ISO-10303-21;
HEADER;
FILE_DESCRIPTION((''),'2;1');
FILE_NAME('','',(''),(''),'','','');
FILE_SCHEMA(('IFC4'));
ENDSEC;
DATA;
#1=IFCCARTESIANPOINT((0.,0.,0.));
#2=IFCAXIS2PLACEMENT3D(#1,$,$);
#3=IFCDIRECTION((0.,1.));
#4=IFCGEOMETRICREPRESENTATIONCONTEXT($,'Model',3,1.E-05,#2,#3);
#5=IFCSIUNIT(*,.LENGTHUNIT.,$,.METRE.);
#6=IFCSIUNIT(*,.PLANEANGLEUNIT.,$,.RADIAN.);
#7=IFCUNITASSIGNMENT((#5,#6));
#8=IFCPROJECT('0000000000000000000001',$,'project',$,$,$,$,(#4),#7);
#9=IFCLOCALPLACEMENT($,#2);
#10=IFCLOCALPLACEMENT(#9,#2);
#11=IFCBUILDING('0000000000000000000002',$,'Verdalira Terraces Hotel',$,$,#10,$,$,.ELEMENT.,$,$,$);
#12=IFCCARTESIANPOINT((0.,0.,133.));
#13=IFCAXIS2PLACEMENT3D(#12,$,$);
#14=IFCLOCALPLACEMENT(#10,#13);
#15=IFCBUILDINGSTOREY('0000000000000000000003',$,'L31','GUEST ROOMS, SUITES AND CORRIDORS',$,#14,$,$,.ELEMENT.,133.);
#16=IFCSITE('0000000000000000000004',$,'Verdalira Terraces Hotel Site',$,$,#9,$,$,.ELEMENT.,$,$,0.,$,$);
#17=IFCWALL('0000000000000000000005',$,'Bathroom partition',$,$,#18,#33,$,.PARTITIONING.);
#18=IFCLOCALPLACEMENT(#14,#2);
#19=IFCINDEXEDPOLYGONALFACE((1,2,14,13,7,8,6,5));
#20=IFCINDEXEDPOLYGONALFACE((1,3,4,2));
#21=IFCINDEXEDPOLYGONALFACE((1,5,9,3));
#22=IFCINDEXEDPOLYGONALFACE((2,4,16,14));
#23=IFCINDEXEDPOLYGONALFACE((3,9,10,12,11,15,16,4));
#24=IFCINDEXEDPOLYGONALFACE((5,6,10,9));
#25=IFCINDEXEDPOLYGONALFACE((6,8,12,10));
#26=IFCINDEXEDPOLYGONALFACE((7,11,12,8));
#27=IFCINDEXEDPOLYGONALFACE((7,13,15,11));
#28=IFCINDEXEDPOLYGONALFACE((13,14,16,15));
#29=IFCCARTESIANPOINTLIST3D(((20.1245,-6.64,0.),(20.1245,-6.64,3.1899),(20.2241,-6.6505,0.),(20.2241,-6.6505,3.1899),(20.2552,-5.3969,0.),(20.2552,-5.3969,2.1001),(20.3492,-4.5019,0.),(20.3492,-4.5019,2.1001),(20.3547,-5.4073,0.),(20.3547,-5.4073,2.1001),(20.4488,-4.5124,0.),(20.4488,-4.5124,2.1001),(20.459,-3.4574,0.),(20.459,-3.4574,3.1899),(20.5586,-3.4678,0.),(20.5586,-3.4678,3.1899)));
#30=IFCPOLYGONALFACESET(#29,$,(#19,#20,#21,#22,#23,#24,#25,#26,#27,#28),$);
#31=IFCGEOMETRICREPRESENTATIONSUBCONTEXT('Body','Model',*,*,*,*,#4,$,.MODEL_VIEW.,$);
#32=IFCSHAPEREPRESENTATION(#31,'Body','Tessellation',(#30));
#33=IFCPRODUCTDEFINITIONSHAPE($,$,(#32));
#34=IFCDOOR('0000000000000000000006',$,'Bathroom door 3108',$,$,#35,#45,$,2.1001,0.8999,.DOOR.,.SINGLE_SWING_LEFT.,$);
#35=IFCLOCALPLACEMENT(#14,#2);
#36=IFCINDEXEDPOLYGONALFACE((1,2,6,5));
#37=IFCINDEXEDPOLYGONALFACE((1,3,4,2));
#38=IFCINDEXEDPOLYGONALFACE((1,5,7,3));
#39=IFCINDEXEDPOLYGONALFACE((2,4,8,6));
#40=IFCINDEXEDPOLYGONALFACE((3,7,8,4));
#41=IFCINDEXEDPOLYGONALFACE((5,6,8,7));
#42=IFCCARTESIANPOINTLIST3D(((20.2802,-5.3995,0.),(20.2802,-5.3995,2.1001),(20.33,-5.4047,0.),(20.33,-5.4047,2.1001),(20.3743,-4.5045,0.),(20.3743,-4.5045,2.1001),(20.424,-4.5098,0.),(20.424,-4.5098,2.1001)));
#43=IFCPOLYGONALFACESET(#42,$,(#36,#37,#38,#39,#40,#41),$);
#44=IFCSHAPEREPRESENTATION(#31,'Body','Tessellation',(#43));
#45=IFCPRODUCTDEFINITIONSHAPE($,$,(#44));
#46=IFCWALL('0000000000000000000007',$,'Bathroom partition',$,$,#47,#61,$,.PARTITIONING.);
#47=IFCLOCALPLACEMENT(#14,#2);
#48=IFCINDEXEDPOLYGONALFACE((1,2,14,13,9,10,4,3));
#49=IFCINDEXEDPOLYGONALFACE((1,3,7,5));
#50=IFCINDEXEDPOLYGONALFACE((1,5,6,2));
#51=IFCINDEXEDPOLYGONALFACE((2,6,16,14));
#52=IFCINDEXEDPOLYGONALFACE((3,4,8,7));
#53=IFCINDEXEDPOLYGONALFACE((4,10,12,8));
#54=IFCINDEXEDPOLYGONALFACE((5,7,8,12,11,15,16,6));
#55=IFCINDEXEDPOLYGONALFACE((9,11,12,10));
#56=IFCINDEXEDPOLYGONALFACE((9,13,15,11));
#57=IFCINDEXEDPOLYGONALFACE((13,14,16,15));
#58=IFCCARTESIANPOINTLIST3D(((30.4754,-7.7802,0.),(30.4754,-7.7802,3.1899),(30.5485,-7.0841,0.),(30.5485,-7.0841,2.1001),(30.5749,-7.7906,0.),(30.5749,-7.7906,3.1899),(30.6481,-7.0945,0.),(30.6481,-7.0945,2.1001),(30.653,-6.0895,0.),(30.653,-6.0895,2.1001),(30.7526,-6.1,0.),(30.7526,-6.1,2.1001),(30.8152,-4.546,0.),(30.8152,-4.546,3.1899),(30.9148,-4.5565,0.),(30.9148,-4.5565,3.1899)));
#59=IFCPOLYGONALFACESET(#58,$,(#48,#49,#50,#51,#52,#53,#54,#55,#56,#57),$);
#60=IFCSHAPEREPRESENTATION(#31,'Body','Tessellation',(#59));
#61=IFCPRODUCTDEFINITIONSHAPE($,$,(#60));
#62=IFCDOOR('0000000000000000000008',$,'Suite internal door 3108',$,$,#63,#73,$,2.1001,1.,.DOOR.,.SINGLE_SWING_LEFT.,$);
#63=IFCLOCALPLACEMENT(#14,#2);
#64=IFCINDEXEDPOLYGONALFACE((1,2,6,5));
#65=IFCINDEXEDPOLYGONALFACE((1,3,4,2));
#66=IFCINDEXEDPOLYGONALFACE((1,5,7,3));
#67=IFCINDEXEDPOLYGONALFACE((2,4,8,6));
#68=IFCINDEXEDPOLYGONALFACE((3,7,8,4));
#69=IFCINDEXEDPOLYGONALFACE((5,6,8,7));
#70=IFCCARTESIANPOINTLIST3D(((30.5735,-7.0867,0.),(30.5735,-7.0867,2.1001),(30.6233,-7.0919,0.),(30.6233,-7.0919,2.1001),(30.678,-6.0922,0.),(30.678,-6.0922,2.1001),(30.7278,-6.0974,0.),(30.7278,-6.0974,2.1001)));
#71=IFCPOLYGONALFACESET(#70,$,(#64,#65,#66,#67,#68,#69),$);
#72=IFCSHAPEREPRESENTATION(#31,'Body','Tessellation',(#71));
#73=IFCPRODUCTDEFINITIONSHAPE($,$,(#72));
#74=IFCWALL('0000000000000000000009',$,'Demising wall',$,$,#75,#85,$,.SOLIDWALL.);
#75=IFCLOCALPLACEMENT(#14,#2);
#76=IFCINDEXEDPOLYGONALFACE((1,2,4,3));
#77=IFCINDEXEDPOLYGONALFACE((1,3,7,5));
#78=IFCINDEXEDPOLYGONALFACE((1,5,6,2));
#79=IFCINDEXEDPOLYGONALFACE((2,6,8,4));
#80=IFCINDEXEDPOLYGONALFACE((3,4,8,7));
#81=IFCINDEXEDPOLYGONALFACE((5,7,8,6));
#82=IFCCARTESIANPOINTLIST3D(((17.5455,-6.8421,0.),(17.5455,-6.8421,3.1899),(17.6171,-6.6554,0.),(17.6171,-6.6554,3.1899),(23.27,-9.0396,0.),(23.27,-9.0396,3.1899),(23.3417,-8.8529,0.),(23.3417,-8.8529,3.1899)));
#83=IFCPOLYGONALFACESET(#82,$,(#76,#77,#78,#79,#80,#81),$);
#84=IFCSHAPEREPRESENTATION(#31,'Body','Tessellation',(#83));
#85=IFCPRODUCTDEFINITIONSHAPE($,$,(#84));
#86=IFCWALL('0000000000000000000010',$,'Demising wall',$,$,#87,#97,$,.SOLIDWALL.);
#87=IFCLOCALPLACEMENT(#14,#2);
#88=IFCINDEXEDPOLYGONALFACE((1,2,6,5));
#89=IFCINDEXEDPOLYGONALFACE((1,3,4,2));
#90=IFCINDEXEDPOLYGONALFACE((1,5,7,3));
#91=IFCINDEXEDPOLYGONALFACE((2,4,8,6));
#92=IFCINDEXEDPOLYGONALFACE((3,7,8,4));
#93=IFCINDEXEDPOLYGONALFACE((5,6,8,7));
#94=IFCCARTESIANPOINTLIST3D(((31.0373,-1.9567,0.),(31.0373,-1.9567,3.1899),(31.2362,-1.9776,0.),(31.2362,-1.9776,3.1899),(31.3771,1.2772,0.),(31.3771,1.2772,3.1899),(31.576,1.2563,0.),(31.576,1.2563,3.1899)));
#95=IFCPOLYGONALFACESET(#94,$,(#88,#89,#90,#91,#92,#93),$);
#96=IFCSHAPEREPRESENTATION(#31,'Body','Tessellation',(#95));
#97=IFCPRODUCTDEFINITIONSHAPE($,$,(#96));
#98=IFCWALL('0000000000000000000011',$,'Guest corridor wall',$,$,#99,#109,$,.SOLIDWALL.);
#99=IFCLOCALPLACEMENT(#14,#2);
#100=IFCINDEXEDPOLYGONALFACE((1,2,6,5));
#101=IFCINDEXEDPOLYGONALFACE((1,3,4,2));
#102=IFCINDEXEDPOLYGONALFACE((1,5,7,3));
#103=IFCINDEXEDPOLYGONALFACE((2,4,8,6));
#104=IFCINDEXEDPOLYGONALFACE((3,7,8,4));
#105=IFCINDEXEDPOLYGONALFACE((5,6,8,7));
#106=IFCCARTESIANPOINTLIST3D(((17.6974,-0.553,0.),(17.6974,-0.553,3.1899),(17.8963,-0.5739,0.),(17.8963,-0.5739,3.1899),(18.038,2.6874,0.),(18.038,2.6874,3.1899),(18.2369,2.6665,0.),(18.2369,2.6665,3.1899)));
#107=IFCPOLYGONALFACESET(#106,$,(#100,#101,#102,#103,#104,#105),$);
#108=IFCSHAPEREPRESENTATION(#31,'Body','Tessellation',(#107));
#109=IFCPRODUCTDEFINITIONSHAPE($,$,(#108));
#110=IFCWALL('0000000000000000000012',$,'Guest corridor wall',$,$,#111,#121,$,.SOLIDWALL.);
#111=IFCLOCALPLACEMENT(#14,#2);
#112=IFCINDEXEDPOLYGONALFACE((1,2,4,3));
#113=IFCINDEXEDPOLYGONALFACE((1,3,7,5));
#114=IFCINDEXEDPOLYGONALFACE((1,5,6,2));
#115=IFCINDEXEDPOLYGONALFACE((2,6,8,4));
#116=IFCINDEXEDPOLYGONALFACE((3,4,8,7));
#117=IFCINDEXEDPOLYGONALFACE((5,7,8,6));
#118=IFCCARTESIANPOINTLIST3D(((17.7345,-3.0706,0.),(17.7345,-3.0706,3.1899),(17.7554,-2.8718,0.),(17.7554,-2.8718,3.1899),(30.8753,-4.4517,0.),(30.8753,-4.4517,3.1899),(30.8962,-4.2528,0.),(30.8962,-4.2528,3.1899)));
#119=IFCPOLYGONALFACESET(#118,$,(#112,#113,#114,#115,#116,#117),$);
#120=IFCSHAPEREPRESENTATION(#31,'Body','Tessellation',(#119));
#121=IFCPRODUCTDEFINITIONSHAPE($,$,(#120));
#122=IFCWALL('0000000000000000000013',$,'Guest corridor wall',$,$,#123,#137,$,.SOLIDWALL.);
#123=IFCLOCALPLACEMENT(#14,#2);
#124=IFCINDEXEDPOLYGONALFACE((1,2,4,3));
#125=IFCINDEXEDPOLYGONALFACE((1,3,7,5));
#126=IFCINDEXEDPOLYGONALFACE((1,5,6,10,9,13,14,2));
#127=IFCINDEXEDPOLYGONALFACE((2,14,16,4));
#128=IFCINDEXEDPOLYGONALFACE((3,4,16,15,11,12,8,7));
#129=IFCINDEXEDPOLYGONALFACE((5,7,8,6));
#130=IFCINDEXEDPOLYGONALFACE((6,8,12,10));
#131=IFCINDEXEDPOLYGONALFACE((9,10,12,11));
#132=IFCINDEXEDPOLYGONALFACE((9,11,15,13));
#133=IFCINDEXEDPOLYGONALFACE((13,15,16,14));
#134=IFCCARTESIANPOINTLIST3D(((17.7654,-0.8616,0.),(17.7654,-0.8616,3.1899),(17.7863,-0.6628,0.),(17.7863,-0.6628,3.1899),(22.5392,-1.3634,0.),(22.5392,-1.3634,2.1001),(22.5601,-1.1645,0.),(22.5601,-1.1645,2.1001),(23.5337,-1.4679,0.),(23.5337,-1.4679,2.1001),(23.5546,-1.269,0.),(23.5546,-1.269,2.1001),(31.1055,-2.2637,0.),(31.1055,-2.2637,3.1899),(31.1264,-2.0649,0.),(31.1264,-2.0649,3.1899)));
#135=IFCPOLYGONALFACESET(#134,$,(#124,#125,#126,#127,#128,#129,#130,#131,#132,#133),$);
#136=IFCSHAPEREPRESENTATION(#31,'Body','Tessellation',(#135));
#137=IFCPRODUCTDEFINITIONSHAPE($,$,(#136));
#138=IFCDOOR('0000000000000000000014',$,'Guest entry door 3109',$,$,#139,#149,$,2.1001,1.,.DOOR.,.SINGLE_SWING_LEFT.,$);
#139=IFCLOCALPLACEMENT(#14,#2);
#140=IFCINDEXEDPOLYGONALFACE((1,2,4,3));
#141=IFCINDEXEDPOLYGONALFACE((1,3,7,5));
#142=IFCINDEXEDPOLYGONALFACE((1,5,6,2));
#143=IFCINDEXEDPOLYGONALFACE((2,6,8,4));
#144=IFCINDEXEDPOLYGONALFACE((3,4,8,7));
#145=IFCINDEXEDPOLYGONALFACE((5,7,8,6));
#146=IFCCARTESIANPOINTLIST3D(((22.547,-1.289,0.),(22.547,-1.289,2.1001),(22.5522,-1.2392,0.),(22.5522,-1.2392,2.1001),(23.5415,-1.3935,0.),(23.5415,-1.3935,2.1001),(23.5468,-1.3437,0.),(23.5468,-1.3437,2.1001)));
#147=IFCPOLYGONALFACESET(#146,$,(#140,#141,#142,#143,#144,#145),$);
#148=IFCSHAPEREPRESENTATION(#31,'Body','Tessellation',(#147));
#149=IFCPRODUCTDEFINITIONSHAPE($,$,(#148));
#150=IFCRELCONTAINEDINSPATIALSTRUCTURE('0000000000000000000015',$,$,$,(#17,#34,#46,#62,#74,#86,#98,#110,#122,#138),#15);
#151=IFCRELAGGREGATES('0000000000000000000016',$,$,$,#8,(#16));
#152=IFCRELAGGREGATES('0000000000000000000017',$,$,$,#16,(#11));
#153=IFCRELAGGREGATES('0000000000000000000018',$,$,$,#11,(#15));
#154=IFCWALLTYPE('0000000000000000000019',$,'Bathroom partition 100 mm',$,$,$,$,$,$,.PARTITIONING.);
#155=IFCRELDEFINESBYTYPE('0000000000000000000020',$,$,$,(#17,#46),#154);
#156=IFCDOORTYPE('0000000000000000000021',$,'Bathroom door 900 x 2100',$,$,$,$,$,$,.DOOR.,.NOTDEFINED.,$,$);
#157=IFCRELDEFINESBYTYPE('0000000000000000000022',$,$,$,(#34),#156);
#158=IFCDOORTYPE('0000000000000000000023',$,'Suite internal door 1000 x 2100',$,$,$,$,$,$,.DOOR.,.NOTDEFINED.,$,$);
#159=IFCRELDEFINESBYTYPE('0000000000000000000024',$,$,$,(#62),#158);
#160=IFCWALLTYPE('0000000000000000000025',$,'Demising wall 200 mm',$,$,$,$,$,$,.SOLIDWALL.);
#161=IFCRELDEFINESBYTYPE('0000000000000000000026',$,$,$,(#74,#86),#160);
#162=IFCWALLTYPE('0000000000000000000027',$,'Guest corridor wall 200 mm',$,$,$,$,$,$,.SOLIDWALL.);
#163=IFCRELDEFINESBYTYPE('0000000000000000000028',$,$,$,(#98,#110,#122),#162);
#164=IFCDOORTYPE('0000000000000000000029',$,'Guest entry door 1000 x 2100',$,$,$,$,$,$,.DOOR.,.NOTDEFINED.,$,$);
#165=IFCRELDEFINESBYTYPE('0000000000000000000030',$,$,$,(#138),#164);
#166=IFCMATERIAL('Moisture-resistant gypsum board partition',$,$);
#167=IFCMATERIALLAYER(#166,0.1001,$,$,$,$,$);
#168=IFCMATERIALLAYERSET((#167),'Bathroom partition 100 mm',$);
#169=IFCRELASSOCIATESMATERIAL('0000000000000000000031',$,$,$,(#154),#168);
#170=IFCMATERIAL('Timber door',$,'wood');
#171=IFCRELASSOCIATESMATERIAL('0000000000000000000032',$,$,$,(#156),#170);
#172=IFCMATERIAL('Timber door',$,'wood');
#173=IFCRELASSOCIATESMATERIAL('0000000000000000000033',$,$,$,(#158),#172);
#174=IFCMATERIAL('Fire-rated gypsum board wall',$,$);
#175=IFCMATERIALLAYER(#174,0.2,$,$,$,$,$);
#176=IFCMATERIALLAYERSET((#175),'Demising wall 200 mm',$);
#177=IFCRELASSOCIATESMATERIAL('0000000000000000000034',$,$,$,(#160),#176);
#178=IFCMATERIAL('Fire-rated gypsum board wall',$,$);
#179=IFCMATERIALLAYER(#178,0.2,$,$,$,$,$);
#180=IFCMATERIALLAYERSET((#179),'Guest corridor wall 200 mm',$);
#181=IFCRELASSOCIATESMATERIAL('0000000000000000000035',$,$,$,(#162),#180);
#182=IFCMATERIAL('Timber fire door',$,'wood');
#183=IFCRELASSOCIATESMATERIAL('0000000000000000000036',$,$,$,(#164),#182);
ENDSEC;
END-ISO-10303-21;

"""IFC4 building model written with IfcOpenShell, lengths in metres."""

from ifc_helpers import new_model, si_unit, direction, frame, frame_2d, origin, place, context, subcontext, project, spatial, rectangle, extrude, material, layer, layer_set, type_object, element, fill, save


model = new_model("IFC4")

# Units and contexts
model_context = context("Model", 3, precision=1e-05, world=origin(), true_north=direction((0.0, 1.0)))
body_context = subcontext(model_context, "Body", "Model", "MODEL_VIEW")
ifc_project = project(units=[si_unit("LENGTHUNIT", "METRE"), si_unit("PLANEANGLEUNIT", "RADIAN")], contexts=[model_context])

# Site, building, storey
site_placement = place(None, origin())
site = spatial("IfcSite", under=ifc_project, at=site_placement, Name="Verdalira Terraces Hotel Site", CompositionType="ELEMENT", RefElevation=0.0)
building_placement = place(site_placement, origin())
building = spatial("IfcBuilding", under=site, at=building_placement, Name="Verdalira Terraces Hotel", CompositionType="ELEMENT")
storey_placement = place(building_placement, frame((0.0, 0.0, 133.0)))
storey = spatial("IfcBuildingStorey", under=building, at=storey_placement, Name="L31", Description="GUEST ROOMS, SUITES AND CORRIDORS", CompositionType="ELEMENT", Elevation=133.0)

# Shared definitions
ifc_material_1 = material(Name="Moisture-resistant gypsum board partition")
ifc_layer_1 = layer(ifc_material_1, 0.1001)
ifc_layer_set_1 = layer_set([ifc_layer_1], Name="Bathroom partition 100 mm")
wall_type_1 = type_object("IfcWallType", Name="Bathroom partition 100 mm", PredefinedType="PARTITIONING", material=ifc_layer_set_1)

# Walls, openings, doors
wall_1_placement = place(storey_placement, frame((20.1743, -6.6453, 0.0), z_axis=(0.0, 0.0, 1.0), x_axis=(0.104518, 0.994523, 0.0)))
wall_1 = element("IfcWall", 1, at=wall_1_placement, inside=storey, type_object=wall_type_1, Name="Bathroom partition", PredefinedType="PARTITIONING", context=body_context, shape_type="SweptSolid", body=[
    extrude(rectangle(XDim=3.2002, YDim=0.1001, at=frame_2d((1.6001, 0.0))), origin(), (0.0, 0.0, 1.0), 3.1899),
])
opening_1_placement = place(wall_1_placement, frame((1.25, 0.0, 0.0)))
opening_1 = element("IfcOpeningElement", 2, at=opening_1_placement, cuts=wall_1, PredefinedType="OPENING", context=body_context, shape_type="SweptSolid", body=[
    extrude(rectangle(XDim=0.8999, YDim=2.1001, at=frame_2d((0.45, 1.05))), frame((0.0, 0.0601, 0.0), z_axis=(0.0, -1.0, 0.0), x_axis=(1.0, 0.0, 0.0)), (0.0, 0.0, 1.0), 0.1201),
])
ifc_material_2 = material(Name="Timber door", Category="wood")
door_type_1 = type_object("IfcDoorType", Name="Bathroom door 900 x 2100", OperationType="NOTDEFINED", PredefinedType="DOOR", material=ifc_material_2)
door_1_placement = place(opening_1_placement, origin())
door_1 = element("IfcDoor", 3, at=door_1_placement, inside=storey, type_object=door_type_1, Name="Bathroom door 3108", OperationType="SINGLE_SWING_LEFT", OverallHeight=2.1001, OverallWidth=0.8999, PredefinedType="DOOR", context=body_context, shape_type="SweptSolid", body=[
    extrude(rectangle(XDim=0.8999, YDim=2.1001, at=frame_2d((0.45, 1.05))), frame((0.0, 0.0249, 0.0), z_axis=(0.0, -1.0, 0.0), x_axis=(1.0, 0.0, 0.0)), (0.0, 0.0, 1.0), 0.05),
])
fill(opening_1, door_1)
wall_2_placement = place(storey_placement, frame((30.5251, -7.7854, 0.0), z_axis=(0.0, 0.0, 1.0), x_axis=(0.104505, 0.994524, 0.0)))
wall_2 = element("IfcWall", 4, at=wall_2_placement, inside=storey, type_object=wall_type_1, Name="Bathroom partition", PredefinedType="PARTITIONING", context=body_context, shape_type="SweptSolid", body=[
    extrude(rectangle(XDim=3.252, YDim=0.1001, at=frame_2d((1.626, 0.0))), origin(), (0.0, 0.0, 1.0), 3.1899),
])
opening_2_placement = place(wall_2_placement, frame((0.7, 0.0, 0.0)))
opening_2 = element("IfcOpeningElement", 5, at=opening_2_placement, cuts=wall_2, PredefinedType="OPENING", context=body_context, shape_type="SweptSolid", body=[
    extrude(rectangle(XDim=1.0, YDim=2.1001, at=frame_2d((0.5, 1.05))), frame((0.0, 0.0601, 0.0), z_axis=(0.0, -1.0, 0.0), x_axis=(1.0, 0.0, 0.0)), (0.0, 0.0, 1.0), 0.1201),
])
ifc_material_3 = material(Name="Timber door", Category="wood")
door_type_2 = type_object("IfcDoorType", Name="Suite internal door 1000 x 2100", OperationType="NOTDEFINED", PredefinedType="DOOR", material=ifc_material_3)
door_2_placement = place(opening_2_placement, origin())
door_2 = element("IfcDoor", 6, at=door_2_placement, inside=storey, type_object=door_type_2, Name="Suite internal door 3108", OperationType="SINGLE_SWING_LEFT", OverallHeight=2.1001, OverallWidth=1.0, PredefinedType="DOOR", context=body_context, shape_type="SweptSolid", body=[
    extrude(rectangle(XDim=1.0, YDim=2.1001, at=frame_2d((0.5, 1.05))), frame((0.0, 0.0249, 0.0), z_axis=(0.0, -1.0, 0.0), x_axis=(1.0, 0.0, 0.0)), (0.0, 0.0, 1.0), 0.05),
])
fill(opening_2, door_2)

# Walls
ifc_material_4 = material(Name="Fire-rated gypsum board wall")
ifc_layer_2 = layer(ifc_material_4, 0.2)
ifc_layer_set_2 = layer_set([ifc_layer_2], Name="Demising wall 200 mm")
wall_type_2 = type_object("IfcWallType", Name="Demising wall 200 mm", PredefinedType="SOLIDWALL", material=ifc_layer_set_2)
wall_3_placement = place(storey_placement, frame((17.5813, -6.7488, 0.0), z_axis=(0.0, 0.0, 1.0), x_axis=(0.933578, -0.358373, 0.0)))
element("IfcWall", 7, at=wall_3_placement, inside=storey, type_object=wall_type_2, Name="Demising wall", PredefinedType="SOLIDWALL", context=body_context, shape_type="SweptSolid", body=[
    extrude(rectangle(XDim=6.1318, YDim=0.2, at=frame_2d((3.0659, 0.0))), origin(), (0.0, 0.0, 1.0), 3.1899),
])
wall_4_placement = place(storey_placement, frame((31.1367, -1.9673, 0.0), z_axis=(0.0, 0.0, 1.0), x_axis=(0.104513, 0.994524, 0.0)))
element("IfcWall", 8, at=wall_4_placement, inside=storey, type_object=wall_type_2, Name="Demising wall", PredefinedType="SOLIDWALL", context=body_context, shape_type="SweptSolid", body=[
    extrude(rectangle(XDim=3.2517, YDim=0.2, at=frame_2d((1.626, 0.0))), origin(), (0.0, 0.0, 1.0), 3.1899),
])
ifc_material_5 = material(Name="Fire-rated gypsum board wall")
ifc_layer_3 = layer(ifc_material_5, 0.2)
ifc_layer_set_3 = layer_set([ifc_layer_3], Name="Guest corridor wall 200 mm")
wall_type_3 = type_object("IfcWallType", Name="Guest corridor wall 200 mm", PredefinedType="SOLIDWALL", material=ifc_layer_set_3)
wall_5_placement = place(storey_placement, frame((17.7969, -0.5635, 0.0), z_axis=(0.0, 0.0, 1.0), x_axis=(0.104525, 0.994522, 0.0)))
element("IfcWall", 9, at=wall_5_placement, inside=storey, type_object=wall_type_3, Name="Guest corridor wall", PredefinedType="SOLIDWALL", context=body_context, shape_type="SweptSolid", body=[
    extrude(rectangle(XDim=3.2583, YDim=0.2, at=frame_2d((1.6292, 0.0))), origin(), (0.0, 0.0, 1.0), 3.1899),
])
wall_6_placement = place(storey_placement, frame((17.7451, -2.9712, 0.0), z_axis=(0.0, 0.0, 1.0), x_axis=(0.994522, -0.104524, 0.0)))
element("IfcWall", 10, at=wall_6_placement, inside=storey, type_object=wall_type_3, Name="Guest corridor wall", PredefinedType="SOLIDWALL", context=body_context, shape_type="SweptSolid", body=[
    extrude(rectangle(XDim=13.2131, YDim=0.2, at=frame_2d((6.6064, 0.0))), origin(), (0.0, 0.0, 1.0), 3.1899),
])

# Wall, opening, door
wall_7_placement = place(storey_placement, frame((17.7759, -0.7622, 0.0), z_axis=(0.0, 0.0, 1.0), x_axis=(0.994522, -0.104528, 0.0)))
wall_7 = element("IfcWall", 11, at=wall_7_placement, inside=storey, type_object=wall_type_3, Name="Guest corridor wall", PredefinedType="SOLIDWALL", context=body_context, shape_type="SweptSolid", body=[
    extrude(rectangle(XDim=13.4136, YDim=0.2, at=frame_2d((6.7068, 0.0))), origin(), (0.0, 0.0, 1.0), 3.1899),
])
opening_3_placement = place(wall_7_placement, frame((4.8, 0.0, 0.0)))
opening_3 = element("IfcOpeningElement", 12, at=opening_3_placement, cuts=wall_7, PredefinedType="OPENING", context=body_context, shape_type="SweptSolid", body=[
    extrude(rectangle(XDim=1.0, YDim=2.1001, at=frame_2d((0.5, 1.05))), frame((0.0, 0.1099, 0.0), z_axis=(0.0, -1.0, 0.0), x_axis=(1.0, 0.0, 0.0)), (0.0, 0.0, 1.0), 0.22),
])
ifc_material_6 = material(Name="Timber fire door", Category="wood")
door_type_3 = type_object("IfcDoorType", Name="Guest entry door 1000 x 2100", OperationType="NOTDEFINED", PredefinedType="DOOR", material=ifc_material_6)
door_3_placement = place(opening_3_placement, origin())
door_3 = element("IfcDoor", 13, at=door_3_placement, inside=storey, type_object=door_type_3, Name="Guest entry door 3109", OperationType="SINGLE_SWING_LEFT", OverallHeight=2.1001, OverallWidth=1.0, PredefinedType="DOOR", context=body_context, shape_type="SweptSolid", body=[
    extrude(rectangle(XDim=1.0, YDim=2.1001, at=frame_2d((0.5, 1.05))), frame((0.0, 0.0249, 0.0), z_axis=(0.0, -1.0, 0.0), x_axis=(1.0, 0.0, 0.0)), (0.0, 0.0, 1.0), 0.05),
])
fill(opening_3, door_3)

save(model, "model.ifc")
